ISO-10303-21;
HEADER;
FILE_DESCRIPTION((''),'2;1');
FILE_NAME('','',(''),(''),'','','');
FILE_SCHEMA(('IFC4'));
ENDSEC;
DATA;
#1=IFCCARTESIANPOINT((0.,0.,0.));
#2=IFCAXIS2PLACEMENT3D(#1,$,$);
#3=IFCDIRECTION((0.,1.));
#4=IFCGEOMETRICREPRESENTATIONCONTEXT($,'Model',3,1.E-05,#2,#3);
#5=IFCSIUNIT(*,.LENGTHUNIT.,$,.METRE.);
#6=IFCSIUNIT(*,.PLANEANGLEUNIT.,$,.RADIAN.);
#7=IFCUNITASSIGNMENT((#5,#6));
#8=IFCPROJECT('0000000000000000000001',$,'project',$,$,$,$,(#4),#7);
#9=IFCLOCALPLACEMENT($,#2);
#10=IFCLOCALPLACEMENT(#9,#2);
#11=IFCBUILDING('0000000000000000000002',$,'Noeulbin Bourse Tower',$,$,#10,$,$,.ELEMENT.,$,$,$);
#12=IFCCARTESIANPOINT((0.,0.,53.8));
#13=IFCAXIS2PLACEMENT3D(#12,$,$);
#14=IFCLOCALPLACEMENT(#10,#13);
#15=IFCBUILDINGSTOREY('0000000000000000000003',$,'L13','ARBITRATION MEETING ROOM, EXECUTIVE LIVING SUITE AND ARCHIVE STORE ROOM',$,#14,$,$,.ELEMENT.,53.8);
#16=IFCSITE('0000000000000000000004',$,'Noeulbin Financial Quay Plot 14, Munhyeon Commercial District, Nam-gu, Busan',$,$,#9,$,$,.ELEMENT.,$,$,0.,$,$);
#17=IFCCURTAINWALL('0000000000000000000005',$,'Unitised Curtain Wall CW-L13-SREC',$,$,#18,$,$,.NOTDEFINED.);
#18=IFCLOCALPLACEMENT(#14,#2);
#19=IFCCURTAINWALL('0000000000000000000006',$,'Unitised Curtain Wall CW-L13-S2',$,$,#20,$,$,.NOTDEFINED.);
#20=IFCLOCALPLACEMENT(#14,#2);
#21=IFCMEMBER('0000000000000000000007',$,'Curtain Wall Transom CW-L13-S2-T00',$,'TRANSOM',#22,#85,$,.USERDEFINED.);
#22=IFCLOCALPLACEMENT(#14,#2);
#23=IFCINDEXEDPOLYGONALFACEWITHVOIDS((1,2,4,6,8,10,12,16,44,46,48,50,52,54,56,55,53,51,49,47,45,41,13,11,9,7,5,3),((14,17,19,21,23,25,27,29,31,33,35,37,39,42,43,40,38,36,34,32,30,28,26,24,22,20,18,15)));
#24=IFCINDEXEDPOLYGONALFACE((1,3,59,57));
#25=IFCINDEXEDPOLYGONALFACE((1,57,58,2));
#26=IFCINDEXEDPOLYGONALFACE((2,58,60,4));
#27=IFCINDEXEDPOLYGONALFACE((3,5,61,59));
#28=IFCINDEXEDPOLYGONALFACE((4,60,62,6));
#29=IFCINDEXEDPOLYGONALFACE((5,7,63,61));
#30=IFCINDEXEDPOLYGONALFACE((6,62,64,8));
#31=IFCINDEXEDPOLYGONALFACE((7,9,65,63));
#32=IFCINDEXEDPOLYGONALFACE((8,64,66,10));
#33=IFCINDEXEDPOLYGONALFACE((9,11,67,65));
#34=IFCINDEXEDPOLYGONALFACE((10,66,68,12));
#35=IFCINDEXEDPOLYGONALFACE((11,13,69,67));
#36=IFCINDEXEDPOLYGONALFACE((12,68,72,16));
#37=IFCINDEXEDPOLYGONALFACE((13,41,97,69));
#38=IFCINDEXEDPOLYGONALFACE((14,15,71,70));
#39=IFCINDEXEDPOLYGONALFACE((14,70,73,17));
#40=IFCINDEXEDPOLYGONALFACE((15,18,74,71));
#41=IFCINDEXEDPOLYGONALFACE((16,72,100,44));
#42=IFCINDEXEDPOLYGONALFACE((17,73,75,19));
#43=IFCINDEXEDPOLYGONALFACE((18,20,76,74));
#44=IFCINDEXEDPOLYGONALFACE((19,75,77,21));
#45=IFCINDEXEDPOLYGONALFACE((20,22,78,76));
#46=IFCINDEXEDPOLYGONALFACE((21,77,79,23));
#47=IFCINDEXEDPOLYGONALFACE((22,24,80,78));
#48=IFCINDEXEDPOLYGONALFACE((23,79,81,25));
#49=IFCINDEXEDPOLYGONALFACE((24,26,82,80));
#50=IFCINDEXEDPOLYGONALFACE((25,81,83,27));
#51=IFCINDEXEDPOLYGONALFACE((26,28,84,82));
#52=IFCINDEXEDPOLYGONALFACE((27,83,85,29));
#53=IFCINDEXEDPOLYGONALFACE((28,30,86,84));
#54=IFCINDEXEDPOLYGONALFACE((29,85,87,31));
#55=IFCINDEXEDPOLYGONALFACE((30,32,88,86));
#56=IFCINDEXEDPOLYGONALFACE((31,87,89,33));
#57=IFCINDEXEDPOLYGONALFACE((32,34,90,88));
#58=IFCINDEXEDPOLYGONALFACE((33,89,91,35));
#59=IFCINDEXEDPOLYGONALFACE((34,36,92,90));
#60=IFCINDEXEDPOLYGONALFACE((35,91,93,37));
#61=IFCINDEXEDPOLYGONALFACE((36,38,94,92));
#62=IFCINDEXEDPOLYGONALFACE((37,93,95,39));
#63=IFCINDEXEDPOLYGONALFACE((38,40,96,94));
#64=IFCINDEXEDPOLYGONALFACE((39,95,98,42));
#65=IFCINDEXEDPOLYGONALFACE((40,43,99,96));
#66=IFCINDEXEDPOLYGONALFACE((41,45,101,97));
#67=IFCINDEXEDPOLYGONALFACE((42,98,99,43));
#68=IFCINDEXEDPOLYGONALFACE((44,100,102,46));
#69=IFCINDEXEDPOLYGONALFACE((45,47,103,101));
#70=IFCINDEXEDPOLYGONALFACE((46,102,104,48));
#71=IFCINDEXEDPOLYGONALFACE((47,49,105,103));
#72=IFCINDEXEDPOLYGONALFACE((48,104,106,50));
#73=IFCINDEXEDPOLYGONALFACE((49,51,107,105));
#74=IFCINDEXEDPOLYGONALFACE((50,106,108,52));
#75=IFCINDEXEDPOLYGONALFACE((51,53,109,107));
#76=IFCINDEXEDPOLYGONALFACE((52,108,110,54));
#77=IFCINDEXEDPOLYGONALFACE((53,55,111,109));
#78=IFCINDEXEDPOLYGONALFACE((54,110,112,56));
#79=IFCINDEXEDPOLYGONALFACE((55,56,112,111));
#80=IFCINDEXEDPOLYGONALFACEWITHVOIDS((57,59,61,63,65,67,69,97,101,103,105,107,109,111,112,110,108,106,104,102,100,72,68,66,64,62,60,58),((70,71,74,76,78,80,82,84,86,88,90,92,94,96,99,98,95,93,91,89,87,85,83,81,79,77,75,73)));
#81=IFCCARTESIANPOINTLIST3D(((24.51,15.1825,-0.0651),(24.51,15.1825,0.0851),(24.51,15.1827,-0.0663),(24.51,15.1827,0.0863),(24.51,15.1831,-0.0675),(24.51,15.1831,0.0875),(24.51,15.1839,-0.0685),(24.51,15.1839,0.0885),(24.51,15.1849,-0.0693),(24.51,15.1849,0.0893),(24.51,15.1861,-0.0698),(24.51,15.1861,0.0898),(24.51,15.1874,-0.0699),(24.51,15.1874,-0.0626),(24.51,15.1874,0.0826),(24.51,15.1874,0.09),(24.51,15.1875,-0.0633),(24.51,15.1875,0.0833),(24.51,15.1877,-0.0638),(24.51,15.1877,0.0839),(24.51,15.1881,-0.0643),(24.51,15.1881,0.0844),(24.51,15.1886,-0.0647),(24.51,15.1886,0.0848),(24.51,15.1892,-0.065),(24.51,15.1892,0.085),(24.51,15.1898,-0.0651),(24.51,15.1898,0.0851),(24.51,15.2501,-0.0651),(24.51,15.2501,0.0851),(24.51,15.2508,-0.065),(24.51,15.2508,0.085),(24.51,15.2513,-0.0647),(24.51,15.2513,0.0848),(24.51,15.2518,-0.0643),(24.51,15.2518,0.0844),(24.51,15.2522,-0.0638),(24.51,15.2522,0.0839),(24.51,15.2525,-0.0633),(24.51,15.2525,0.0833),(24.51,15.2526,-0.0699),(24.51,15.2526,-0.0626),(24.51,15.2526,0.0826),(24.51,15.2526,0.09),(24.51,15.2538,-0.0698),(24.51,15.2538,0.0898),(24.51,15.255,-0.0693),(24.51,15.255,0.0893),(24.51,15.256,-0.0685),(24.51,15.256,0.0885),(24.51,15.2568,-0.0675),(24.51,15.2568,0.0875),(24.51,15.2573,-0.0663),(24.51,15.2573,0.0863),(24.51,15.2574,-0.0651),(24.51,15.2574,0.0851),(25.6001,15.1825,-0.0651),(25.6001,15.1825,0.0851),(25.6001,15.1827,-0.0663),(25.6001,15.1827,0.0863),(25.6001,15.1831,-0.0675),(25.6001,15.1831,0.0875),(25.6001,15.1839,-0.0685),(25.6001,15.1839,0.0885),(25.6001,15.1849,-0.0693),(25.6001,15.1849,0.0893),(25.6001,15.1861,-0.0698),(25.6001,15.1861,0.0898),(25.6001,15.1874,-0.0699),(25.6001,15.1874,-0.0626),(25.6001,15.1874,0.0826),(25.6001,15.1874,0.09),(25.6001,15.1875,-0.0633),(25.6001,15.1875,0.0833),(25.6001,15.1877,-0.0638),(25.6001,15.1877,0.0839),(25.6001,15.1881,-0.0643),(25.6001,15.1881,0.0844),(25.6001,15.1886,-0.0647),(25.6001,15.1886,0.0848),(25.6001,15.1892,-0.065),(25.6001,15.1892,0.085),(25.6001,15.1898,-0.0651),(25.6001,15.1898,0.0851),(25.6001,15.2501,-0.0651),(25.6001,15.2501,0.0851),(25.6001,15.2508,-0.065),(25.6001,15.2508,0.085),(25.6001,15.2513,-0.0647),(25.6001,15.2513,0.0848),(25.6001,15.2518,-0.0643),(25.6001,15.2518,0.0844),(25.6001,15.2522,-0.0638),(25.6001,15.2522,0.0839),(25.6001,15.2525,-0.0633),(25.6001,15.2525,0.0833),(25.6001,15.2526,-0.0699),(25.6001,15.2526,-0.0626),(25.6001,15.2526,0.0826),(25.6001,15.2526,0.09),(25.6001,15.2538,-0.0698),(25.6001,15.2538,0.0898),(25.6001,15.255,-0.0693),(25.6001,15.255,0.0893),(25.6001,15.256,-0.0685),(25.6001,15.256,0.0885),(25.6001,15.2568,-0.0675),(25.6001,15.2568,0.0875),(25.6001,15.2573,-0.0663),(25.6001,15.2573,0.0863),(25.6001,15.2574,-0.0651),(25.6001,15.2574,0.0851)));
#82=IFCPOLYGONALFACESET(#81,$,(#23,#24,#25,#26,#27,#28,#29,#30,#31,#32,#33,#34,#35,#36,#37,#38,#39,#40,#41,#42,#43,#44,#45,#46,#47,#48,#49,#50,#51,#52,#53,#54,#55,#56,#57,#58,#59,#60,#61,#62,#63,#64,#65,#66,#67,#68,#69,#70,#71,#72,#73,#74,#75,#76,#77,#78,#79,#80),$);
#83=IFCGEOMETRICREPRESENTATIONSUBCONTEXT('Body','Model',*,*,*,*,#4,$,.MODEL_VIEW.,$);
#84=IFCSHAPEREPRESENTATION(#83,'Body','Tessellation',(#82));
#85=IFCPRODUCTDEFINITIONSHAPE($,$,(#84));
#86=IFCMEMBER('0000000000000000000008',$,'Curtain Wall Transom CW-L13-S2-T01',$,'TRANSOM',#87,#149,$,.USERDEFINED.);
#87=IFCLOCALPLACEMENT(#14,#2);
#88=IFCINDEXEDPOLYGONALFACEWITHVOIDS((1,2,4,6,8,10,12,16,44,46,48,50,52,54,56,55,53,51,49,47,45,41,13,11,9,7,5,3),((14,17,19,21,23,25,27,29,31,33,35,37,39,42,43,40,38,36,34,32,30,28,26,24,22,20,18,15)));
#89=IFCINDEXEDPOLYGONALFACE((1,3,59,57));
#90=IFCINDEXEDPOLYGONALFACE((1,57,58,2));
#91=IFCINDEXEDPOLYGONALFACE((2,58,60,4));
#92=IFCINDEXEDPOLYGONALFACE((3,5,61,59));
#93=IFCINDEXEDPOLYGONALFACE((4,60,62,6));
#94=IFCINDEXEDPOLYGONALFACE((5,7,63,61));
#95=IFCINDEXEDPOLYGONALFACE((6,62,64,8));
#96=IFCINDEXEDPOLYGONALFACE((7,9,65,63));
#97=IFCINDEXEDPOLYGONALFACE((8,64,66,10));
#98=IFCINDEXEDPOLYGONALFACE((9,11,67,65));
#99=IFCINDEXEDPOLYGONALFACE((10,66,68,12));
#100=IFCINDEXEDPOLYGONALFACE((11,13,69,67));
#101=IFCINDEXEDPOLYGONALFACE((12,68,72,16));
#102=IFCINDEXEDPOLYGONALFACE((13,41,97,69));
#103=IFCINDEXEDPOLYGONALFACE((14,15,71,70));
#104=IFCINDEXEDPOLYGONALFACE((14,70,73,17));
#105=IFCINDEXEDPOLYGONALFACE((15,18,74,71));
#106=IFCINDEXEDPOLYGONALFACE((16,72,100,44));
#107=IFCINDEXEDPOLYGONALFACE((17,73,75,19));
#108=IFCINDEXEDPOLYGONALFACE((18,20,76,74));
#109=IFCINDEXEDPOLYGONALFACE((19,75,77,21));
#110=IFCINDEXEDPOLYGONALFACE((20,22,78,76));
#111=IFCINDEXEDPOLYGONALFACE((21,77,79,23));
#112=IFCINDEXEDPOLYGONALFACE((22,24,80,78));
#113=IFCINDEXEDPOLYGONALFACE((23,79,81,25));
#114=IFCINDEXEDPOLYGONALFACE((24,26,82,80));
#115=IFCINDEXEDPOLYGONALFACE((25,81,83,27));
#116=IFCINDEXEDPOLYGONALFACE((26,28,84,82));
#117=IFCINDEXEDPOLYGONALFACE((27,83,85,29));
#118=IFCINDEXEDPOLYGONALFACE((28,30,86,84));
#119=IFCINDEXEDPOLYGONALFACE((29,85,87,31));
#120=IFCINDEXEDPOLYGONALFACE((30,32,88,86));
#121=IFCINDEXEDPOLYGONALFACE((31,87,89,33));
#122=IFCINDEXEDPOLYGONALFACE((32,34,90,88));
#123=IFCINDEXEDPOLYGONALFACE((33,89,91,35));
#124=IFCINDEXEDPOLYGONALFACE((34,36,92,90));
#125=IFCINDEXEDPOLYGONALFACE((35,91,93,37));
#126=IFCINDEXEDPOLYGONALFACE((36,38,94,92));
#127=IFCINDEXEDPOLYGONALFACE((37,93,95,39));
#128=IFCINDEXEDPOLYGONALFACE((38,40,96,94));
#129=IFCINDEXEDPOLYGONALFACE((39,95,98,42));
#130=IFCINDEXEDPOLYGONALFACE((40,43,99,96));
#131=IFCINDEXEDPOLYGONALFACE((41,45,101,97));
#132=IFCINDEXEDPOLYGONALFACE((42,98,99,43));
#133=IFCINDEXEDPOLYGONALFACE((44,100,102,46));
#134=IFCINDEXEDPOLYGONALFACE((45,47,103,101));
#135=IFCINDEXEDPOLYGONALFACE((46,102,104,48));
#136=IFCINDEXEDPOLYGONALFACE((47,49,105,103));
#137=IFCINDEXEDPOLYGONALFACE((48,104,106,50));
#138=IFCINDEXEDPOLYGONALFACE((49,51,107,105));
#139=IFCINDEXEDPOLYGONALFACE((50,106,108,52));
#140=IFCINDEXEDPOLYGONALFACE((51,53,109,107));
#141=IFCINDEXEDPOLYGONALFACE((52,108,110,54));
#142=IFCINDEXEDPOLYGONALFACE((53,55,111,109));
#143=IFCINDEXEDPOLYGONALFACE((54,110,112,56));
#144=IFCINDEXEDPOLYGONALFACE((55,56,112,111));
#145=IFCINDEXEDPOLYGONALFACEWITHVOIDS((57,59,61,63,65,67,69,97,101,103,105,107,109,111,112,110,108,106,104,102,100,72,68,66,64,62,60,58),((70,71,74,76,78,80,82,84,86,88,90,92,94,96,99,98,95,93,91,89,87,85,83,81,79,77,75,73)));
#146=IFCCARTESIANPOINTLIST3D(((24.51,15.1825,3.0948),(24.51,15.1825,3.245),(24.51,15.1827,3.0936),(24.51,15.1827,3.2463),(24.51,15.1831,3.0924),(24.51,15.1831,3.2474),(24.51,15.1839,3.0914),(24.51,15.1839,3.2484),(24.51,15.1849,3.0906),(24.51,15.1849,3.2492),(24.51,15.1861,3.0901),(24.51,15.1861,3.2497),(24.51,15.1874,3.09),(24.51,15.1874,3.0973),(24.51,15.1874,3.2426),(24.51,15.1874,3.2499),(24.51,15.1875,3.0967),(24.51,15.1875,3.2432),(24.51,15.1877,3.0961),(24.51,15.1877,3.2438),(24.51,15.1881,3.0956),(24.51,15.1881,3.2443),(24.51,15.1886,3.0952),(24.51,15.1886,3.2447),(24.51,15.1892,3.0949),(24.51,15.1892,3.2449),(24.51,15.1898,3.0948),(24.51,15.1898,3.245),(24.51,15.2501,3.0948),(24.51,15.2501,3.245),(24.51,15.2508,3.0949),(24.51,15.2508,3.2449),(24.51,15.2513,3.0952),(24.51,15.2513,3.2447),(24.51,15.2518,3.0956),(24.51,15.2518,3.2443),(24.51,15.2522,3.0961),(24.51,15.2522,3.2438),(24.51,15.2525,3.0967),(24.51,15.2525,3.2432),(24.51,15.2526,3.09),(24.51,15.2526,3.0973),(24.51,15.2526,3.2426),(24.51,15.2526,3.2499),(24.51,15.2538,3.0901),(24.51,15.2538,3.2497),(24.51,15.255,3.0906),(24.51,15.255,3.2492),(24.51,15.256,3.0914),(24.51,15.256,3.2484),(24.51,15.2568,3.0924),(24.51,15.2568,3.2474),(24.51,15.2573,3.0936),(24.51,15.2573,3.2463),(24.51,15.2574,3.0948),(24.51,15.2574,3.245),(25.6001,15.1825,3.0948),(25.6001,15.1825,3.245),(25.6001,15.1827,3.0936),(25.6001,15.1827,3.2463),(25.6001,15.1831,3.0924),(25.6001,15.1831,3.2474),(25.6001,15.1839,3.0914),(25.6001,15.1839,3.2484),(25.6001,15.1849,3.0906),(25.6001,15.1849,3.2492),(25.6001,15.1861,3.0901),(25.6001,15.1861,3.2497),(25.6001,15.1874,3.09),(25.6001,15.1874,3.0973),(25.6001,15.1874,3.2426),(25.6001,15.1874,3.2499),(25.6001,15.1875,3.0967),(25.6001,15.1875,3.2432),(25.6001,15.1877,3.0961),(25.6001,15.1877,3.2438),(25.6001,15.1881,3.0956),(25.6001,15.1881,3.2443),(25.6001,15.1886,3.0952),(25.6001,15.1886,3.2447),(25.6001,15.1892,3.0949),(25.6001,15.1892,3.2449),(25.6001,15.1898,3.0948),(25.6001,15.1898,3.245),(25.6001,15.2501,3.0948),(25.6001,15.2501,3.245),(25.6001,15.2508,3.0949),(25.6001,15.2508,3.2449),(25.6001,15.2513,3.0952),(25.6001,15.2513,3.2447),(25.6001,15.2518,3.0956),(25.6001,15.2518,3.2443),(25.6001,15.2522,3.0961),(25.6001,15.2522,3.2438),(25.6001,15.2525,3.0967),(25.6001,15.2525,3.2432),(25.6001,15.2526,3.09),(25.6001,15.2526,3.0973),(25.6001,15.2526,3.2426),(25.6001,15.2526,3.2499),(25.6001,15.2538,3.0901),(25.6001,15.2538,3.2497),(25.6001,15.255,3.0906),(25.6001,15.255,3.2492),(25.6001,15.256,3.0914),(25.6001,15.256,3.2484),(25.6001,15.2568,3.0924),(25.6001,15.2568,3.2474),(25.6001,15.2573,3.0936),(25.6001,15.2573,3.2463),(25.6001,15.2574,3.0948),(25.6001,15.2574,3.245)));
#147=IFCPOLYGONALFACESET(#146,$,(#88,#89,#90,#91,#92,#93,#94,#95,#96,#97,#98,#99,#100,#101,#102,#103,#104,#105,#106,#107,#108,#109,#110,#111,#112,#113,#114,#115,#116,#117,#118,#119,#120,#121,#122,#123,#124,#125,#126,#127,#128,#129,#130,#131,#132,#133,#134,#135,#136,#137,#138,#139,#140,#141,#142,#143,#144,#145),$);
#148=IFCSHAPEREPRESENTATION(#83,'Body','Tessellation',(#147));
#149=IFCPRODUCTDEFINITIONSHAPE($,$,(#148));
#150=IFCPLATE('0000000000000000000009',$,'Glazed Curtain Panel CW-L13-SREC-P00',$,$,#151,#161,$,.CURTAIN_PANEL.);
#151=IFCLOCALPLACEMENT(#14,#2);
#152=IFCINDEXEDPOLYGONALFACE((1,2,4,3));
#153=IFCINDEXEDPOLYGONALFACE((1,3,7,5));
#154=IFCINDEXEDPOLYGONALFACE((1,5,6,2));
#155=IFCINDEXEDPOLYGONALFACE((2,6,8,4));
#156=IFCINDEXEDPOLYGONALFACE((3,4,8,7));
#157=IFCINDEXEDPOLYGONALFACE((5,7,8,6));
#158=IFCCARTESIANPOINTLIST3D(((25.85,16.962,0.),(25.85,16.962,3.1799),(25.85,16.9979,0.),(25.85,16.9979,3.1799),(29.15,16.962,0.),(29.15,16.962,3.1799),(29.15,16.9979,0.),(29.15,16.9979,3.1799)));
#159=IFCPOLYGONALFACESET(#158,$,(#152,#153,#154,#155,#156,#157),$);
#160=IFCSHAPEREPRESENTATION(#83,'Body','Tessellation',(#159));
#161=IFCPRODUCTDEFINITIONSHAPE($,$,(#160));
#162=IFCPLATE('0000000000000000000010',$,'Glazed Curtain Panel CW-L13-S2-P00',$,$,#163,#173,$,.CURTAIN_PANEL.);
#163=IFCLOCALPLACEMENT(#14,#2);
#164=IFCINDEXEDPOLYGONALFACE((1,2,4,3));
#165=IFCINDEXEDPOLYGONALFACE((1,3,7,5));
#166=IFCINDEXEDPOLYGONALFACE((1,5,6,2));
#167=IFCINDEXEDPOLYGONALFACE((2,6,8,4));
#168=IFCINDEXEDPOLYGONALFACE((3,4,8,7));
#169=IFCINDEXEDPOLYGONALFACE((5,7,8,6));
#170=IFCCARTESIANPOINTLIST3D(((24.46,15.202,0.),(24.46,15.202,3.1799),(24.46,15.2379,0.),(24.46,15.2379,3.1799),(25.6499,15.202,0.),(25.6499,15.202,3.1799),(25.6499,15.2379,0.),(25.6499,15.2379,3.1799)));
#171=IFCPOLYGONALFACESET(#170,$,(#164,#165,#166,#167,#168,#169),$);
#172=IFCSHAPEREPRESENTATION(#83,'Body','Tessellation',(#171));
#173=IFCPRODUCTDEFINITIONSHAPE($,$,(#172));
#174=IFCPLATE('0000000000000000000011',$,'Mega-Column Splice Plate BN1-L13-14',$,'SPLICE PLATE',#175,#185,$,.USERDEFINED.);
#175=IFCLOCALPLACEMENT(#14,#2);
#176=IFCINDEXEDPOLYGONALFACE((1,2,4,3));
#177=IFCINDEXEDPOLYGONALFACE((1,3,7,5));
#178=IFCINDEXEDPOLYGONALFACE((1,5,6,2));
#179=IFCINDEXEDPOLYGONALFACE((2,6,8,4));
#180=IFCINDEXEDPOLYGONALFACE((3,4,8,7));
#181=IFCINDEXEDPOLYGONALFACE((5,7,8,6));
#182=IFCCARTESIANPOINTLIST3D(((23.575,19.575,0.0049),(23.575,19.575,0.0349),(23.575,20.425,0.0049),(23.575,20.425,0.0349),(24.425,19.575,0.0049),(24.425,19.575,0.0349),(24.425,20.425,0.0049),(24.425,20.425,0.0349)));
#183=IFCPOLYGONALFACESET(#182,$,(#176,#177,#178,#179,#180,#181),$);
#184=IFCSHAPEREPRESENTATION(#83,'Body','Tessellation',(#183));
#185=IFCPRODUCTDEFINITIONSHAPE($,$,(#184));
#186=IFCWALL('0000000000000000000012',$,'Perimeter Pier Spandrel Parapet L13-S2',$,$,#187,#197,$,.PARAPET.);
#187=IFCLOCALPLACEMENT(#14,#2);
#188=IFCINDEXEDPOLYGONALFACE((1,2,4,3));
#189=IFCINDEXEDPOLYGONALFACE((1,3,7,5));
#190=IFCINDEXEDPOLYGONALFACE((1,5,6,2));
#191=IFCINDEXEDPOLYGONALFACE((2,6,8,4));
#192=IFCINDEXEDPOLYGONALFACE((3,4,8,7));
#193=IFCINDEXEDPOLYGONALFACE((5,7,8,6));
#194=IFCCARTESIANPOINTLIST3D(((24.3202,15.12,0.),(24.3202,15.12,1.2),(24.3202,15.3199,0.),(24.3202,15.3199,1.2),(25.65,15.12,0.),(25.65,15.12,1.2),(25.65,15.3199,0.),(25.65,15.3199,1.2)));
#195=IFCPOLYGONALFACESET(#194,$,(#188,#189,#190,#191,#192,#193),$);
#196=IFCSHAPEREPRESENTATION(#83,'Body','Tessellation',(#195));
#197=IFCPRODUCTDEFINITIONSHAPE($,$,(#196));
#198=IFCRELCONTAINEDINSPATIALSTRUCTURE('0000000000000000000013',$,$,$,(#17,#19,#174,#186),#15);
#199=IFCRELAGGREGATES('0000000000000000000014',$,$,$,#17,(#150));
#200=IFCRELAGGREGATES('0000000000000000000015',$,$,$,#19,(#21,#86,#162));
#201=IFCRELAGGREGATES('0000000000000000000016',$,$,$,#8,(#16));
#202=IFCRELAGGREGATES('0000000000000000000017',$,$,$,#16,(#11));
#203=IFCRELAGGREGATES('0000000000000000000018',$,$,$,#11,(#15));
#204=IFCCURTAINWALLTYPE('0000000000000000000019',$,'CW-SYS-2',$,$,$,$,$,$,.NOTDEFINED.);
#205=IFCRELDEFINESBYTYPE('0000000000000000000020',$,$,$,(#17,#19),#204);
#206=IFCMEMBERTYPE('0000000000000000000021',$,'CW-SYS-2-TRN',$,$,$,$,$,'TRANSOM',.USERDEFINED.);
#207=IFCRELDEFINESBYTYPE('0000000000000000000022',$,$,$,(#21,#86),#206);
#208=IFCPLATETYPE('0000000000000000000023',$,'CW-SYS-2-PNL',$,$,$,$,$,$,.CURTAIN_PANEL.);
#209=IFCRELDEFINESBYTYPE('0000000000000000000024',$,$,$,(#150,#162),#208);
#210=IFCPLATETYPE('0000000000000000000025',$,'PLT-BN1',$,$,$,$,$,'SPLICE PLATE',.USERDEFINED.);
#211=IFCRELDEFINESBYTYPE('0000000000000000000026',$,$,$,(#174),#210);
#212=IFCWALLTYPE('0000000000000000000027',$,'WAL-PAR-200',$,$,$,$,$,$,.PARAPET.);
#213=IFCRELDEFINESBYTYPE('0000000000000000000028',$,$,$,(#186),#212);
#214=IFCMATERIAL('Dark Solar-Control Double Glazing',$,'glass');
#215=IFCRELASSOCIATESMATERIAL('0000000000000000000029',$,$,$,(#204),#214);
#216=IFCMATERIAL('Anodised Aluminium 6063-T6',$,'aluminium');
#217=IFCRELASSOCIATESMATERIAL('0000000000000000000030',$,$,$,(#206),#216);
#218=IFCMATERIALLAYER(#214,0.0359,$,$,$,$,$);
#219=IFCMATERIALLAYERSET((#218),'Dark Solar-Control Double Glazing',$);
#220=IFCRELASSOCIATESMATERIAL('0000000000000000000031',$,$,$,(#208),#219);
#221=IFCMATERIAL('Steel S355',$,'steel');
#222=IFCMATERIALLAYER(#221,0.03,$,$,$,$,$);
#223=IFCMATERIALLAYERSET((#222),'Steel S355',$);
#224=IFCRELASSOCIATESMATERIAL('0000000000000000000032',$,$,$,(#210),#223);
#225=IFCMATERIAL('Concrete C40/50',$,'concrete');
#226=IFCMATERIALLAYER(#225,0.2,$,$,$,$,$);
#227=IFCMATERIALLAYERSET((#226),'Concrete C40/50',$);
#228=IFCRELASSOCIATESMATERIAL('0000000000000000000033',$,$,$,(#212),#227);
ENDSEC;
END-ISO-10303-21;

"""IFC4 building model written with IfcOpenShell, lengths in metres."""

from ifc_helpers import new_model, si_unit, direction, frame, frame_2d, origin, origin_2d, place, context, subcontext, project, spatial, rectangle, hollow_rectangle, extrude, material, layer, layer_set, material_profile, profile_set, type_object, element, aggregate, save


model = new_model("IFC4")

# Units and contexts
model_context = context("Model", 3, precision=1e-05, world=origin(), true_north=direction((0.0, 1.0)))
body_context = subcontext(model_context, "Body", "Model", "MODEL_VIEW")
ifc_project = project(units=[si_unit("LENGTHUNIT", "METRE"), si_unit("PLANEANGLEUNIT", "RADIAN")], contexts=[model_context])

# Site, building, storey
site_placement = place(None, origin())
site = spatial("IfcSite", under=ifc_project, at=site_placement, Name="Noeulbin Financial Quay Plot 14, Munhyeon Commercial District, Nam-gu, Busan", CompositionType="ELEMENT", RefElevation=0.0)
building_placement = place(site_placement, origin())
building = spatial("IfcBuilding", under=site, at=building_placement, Name="Noeulbin Bourse Tower", CompositionType="ELEMENT")
storey_placement = place(building_placement, frame((0.0, 0.0, 53.8)))
storey = spatial("IfcBuildingStorey", under=building, at=storey_placement, Name="L13", Description="ARBITRATION MEETING ROOM, EXECUTIVE LIVING SUITE AND ARCHIVE STORE ROOM", CompositionType="ELEMENT", Elevation=53.8)

# Shared definitions
ifc_material_1 = material(Name="Steel S355", Category="steel")

# Curtain walls
ifc_material_2 = material(Name="Dark Solar-Control Double Glazing", Category="glass")
curtain_wall_type = type_object("IfcCurtainWallType", Name="CW-SYS-2", PredefinedType="NOTDEFINED", material=ifc_material_2)
curtain_wall_1_placement = place(storey_placement, origin())
curtain_wall_1 = element("IfcCurtainWall", 1, at=curtain_wall_1_placement, inside=storey, type_object=curtain_wall_type, Name="Unitised Curtain Wall CW-L13-SREC", PredefinedType="NOTDEFINED")
ifc_material_3 = material(Name="Anodised Aluminium 6063-T6", Category="aluminium")
curtain_wall_2_placement = place(storey_placement, origin())
curtain_wall_2 = element("IfcCurtainWall", 2, at=curtain_wall_2_placement, inside=storey, type_object=curtain_wall_type, Name="Unitised Curtain Wall CW-L13-S2", PredefinedType="NOTDEFINED")

# Members
ifc_material_profile_1 = material_profile(ifc_material_3, hollow_rectangle(XDim=0.075, YDim=0.1599, WallThickness=0.0049, InnerFilletRadius=0.0024, OuterFilletRadius=0.0049, at=origin_2d()), Name="ALU-TRAN-75x160x5", Category="LoadBearing")
ifc_profile_set_1 = profile_set([ifc_material_profile_1], Name="Anodised Aluminium 6063-T6")
member_type_1 = type_object("IfcMemberType", Name="CW-SYS-2-TRN", ElementType="TRANSOM", PredefinedType="USERDEFINED", material=ifc_profile_set_1)
member_1_placement = place(storey_placement, frame((24.51, 15.22, 0.01), z_axis=(1.0, 0.0, 0.0), x_axis=(0.0, 1.0, 0.0)))
member_1 = element("IfcMember", 3, at=member_1_placement, type_object=member_type_1, Name="Curtain Wall Transom CW-L13-S2-T00", ObjectType="TRANSOM", PredefinedType="USERDEFINED", context=body_context, shape_type="SweptSolid", body=[
    extrude(hollow_rectangle(XDim=0.075, YDim=0.1599, WallThickness=0.0049, InnerFilletRadius=0.0024, OuterFilletRadius=0.0049, at=origin_2d()), origin(), (0.0, 0.0, 1.0), 1.0901),
])
member_2_placement = place(storey_placement, frame((24.51, 15.22, 3.1699), z_axis=(1.0, 0.0, 0.0), x_axis=(0.0, 1.0, 0.0)))
member_2 = element("IfcMember", 4, at=member_2_placement, type_object=member_type_1, Name="Curtain Wall Transom CW-L13-S2-T01", ObjectType="TRANSOM", PredefinedType="USERDEFINED", context=body_context, shape_type="SweptSolid", body=[
    extrude(hollow_rectangle(XDim=0.075, YDim=0.1599, WallThickness=0.0049, InnerFilletRadius=0.0024, OuterFilletRadius=0.0049, at=origin_2d()), origin(), (0.0, 0.0, 1.0), 1.0901),
])

# Plates
ifc_layer_1 = layer(ifc_material_2, 0.0359)
ifc_layer_set_1 = layer_set([ifc_layer_1], Name="Dark Solar-Control Double Glazing")
plate_type_1 = type_object("IfcPlateType", Name="CW-SYS-2-PNL", PredefinedType="CURTAIN_PANEL", material=ifc_layer_set_1)
plate_1_placement = place(storey_placement, frame((27.5, 16.98, 0.0), z_axis=(0.0, 0.0, 1.0), x_axis=(1.0, 0.0, 0.0)))
plate_1 = element("IfcPlate", 5, at=plate_1_placement, type_object=plate_type_1, Name="Glazed Curtain Panel CW-L13-SREC-P00", PredefinedType="CURTAIN_PANEL", context=body_context, shape_type="SweptSolid", body=[
    extrude(rectangle(XDim=3.3, YDim=0.0359, at=origin_2d()), origin(), (0.0, 0.0, 1.0), 3.1799),
])
aggregate(curtain_wall_1, [plate_1])
plate_2_placement = place(storey_placement, frame((25.0549, 15.22, 0.0), z_axis=(0.0, 0.0, 1.0), x_axis=(1.0, 0.0, 0.0)))
plate_2 = element("IfcPlate", 6, at=plate_2_placement, type_object=plate_type_1, Name="Glazed Curtain Panel CW-L13-S2-P00", PredefinedType="CURTAIN_PANEL", context=body_context, shape_type="SweptSolid", body=[
    extrude(rectangle(XDim=1.1899, YDim=0.0359, at=origin_2d()), origin(), (0.0, 0.0, 1.0), 3.1799),
])
aggregate(curtain_wall_2, [member_1, member_2, plate_2])
ifc_layer_2 = layer(ifc_material_1, 0.03)
ifc_layer_set_2 = layer_set([ifc_layer_2], Name="Steel S355")
plate_type_2 = type_object("IfcPlateType", Name="PLT-BN1", ElementType="SPLICE PLATE", PredefinedType="USERDEFINED", material=ifc_layer_set_2)
plate_3_placement = place(storey_placement, frame((24.0, 20.0, 0.0049), z_axis=(0.0, 0.0, 1.0), x_axis=(1.0, 0.0, 0.0)))
element("IfcPlate", 7, at=plate_3_placement, inside=storey, type_object=plate_type_2, Name="Mega-Column Splice Plate BN1-L13-14", ObjectType="SPLICE PLATE", PredefinedType="USERDEFINED", context=body_context, shape_type="SweptSolid", body=[
    extrude(rectangle(XDim=0.8501, YDim=0.8501, at=origin_2d()), origin(), (0.0, 0.0, 1.0), 0.03),
])

# Wall
ifc_material_4 = material(Name="Concrete C40/50", Category="concrete")
ifc_layer_3 = layer(ifc_material_4, 0.2)
ifc_layer_set_3 = layer_set([ifc_layer_3], Name="Concrete C40/50")
wall_type_1 = type_object("IfcWallType", Name="WAL-PAR-200", PredefinedType="PARAPET", material=ifc_layer_set_3)
wall_1_placement = place(storey_placement, frame((24.3201, 15.22, 0.0), z_axis=(0.0, 0.0, 1.0), x_axis=(1.0, 0.0, 0.0)))
element("IfcWall", 8, at=wall_1_placement, inside=storey, type_object=wall_type_1, Name="Perimeter Pier Spandrel Parapet L13-S2", PredefinedType="PARAPET", context=body_context, shape_type="SweptSolid", body=[
    extrude(rectangle(XDim=1.3298, YDim=0.2, at=frame_2d((0.665, 0.0))), origin(), (0.0, 0.0, 1.0), 1.2),
])

save(model, "model.ifc")
